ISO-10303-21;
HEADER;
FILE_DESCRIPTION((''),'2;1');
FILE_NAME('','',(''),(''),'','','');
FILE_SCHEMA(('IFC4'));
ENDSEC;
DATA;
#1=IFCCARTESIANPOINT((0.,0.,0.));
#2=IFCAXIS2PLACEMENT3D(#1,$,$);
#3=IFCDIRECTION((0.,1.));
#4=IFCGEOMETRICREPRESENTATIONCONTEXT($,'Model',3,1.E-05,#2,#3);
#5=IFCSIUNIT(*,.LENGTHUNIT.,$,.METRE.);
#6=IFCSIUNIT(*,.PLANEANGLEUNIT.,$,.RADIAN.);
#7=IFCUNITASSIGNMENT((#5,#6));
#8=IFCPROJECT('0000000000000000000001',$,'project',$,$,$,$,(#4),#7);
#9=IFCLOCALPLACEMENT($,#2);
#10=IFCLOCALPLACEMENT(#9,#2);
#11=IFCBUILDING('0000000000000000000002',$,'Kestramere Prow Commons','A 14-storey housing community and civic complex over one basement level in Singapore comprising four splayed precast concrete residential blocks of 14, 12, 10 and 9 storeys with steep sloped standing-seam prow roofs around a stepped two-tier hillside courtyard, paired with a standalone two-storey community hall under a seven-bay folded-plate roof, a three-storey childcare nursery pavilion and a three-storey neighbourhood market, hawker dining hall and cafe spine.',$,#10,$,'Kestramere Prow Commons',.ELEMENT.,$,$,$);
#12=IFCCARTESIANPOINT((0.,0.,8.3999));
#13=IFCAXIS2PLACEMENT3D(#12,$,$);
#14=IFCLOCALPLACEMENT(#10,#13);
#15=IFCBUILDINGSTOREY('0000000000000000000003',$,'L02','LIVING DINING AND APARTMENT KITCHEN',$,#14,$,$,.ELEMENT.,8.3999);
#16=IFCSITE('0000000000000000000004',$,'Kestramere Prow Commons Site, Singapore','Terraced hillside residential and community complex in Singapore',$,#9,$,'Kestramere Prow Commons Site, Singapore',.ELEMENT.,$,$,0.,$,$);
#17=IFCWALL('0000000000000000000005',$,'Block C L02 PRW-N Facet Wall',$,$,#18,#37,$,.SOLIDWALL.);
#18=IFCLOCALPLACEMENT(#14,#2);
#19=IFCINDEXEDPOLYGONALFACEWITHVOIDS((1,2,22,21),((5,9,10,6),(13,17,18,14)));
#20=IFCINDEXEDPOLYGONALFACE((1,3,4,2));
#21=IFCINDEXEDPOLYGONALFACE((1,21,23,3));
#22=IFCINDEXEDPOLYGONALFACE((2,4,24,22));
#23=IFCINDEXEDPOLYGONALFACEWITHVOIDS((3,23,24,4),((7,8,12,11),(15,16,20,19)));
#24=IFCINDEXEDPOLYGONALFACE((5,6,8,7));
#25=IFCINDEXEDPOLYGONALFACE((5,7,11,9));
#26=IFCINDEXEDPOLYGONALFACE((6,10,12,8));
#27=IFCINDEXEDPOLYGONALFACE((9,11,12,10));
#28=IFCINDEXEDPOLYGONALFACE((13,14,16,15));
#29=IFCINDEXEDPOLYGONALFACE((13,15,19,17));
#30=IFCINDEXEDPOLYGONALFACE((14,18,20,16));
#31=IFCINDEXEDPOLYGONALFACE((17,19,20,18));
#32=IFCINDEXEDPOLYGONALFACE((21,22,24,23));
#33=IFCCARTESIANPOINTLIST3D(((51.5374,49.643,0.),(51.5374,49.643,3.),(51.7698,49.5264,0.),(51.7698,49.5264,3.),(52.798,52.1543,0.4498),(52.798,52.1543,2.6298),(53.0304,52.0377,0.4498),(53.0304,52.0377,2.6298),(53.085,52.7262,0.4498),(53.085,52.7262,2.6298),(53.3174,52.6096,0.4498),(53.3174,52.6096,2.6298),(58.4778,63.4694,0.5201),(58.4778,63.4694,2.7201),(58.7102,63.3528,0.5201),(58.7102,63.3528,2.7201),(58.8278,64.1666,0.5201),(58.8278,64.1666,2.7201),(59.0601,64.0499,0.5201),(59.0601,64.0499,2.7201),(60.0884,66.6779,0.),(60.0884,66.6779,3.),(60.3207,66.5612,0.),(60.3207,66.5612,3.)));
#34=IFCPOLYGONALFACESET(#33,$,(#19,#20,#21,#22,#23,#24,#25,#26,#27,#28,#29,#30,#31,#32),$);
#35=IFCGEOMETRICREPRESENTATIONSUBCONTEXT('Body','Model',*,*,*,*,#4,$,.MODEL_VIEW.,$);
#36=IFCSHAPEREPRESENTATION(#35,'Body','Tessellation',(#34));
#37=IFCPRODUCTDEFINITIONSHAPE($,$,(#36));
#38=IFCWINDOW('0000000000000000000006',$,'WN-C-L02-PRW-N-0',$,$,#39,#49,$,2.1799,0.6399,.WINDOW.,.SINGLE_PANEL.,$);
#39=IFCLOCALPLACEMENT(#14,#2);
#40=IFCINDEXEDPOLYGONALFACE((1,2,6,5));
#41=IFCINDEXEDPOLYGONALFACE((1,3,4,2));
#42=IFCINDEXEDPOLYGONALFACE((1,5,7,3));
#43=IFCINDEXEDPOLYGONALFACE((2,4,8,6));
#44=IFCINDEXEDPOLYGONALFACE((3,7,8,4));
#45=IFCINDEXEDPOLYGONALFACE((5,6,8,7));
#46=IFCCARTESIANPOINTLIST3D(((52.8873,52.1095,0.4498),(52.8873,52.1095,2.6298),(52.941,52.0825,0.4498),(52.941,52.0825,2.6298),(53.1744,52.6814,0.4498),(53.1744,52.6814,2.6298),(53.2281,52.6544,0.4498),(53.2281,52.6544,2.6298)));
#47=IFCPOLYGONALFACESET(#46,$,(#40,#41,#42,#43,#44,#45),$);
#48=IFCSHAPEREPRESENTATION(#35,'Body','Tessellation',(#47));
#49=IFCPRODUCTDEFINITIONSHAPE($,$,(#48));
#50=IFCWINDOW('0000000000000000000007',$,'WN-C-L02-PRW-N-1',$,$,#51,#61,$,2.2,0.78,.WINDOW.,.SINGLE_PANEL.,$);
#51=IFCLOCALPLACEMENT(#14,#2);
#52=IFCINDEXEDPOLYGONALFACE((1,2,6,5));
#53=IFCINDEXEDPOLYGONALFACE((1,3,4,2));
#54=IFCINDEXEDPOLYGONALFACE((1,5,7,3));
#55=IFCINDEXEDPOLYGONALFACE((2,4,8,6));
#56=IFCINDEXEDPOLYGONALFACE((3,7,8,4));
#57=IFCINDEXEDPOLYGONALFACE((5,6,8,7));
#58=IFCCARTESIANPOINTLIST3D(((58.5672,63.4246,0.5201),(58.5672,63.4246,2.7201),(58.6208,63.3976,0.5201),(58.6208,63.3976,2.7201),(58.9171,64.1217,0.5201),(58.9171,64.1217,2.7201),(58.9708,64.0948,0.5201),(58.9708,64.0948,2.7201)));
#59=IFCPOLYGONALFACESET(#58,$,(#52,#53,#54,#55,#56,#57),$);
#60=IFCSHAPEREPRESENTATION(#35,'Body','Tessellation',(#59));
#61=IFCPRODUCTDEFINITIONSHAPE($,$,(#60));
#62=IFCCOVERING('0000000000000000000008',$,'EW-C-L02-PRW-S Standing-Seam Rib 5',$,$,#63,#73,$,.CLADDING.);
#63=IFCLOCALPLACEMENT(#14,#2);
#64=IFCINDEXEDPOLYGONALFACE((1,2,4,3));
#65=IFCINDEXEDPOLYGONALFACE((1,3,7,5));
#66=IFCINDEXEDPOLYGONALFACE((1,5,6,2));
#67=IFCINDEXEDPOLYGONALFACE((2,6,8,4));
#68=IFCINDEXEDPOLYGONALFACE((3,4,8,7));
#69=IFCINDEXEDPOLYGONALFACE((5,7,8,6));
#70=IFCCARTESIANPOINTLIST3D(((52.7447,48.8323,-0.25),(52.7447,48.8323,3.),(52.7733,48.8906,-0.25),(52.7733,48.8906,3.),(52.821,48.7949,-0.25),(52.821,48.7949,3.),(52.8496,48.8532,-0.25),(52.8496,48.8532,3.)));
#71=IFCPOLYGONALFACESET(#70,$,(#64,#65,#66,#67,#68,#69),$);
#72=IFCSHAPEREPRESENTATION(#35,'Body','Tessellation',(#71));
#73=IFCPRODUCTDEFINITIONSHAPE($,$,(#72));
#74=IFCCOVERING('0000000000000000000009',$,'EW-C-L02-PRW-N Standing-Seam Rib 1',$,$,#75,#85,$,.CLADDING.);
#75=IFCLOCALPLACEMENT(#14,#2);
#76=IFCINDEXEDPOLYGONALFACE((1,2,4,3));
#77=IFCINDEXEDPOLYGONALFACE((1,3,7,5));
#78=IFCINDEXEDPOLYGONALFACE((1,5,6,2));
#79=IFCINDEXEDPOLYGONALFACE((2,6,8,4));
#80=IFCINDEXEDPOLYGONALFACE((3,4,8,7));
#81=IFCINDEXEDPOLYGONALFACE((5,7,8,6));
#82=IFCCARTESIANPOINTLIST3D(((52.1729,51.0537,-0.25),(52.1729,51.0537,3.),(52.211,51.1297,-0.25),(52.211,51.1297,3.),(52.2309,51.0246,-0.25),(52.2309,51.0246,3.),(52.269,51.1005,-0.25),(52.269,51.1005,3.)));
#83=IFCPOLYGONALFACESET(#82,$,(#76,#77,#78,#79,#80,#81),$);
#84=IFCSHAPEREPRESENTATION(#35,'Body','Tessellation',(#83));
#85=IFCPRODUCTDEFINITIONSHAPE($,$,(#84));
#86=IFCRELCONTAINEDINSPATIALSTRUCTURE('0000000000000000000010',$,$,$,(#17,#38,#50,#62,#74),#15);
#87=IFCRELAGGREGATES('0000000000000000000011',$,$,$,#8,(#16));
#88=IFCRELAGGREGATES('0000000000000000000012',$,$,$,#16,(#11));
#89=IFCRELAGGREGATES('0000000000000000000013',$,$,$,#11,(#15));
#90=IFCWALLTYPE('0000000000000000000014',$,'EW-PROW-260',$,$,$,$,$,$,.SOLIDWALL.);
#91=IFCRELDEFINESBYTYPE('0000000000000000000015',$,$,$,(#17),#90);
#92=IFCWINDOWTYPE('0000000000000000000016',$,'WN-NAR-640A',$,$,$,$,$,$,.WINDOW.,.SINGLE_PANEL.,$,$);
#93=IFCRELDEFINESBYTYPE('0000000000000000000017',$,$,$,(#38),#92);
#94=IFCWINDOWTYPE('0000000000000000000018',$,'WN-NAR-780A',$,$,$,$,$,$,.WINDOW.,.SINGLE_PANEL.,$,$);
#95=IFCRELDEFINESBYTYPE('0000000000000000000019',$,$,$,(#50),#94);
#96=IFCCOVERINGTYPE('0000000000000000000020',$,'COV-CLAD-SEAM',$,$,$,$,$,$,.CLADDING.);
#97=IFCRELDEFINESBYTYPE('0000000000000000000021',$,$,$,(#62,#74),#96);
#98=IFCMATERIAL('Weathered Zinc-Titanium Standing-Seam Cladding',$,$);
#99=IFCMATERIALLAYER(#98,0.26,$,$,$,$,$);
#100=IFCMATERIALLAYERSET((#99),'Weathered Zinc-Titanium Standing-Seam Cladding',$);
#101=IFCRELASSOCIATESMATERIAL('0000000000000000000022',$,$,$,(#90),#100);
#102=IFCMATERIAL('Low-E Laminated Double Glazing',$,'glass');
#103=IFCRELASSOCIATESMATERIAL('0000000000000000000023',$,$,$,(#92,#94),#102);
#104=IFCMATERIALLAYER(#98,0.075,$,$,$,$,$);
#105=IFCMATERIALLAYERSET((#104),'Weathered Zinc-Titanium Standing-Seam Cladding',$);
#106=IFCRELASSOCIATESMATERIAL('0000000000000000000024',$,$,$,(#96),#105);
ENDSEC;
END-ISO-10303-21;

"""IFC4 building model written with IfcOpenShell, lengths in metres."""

from ifc_helpers import new_model, si_unit, direction, frame, frame_2d, origin, origin_2d, place, context, subcontext, project, spatial, rectangle, extrude, material, layer, layer_set, type_object, element, fill, save


model = new_model("IFC4")

# Units and contexts
model_context = context("Model", 3, precision=1e-05, world=origin(), true_north=direction((0.0, 1.0)))
body_context = subcontext(model_context, "Body", "Model", "MODEL_VIEW")
ifc_project = project(units=[si_unit("LENGTHUNIT", "METRE"), si_unit("PLANEANGLEUNIT", "RADIAN")], contexts=[model_context])

# Site, building, storey
site_placement = place(None, origin())
site = spatial("IfcSite", under=ifc_project, at=site_placement, Name="Kestramere Prow Commons Site, Singapore", Description="Terraced hillside residential and community complex in Singapore", LongName="Kestramere Prow Commons Site, Singapore", CompositionType="ELEMENT", RefElevation=0.0)
building_placement = place(site_placement, origin())
building = spatial("IfcBuilding", under=site, at=building_placement, Name="Kestramere Prow Commons", Description="A 14-storey housing community and civic complex over one basement level in Singapore comprising four splayed precast concrete residential blocks of 14, 12, 10 and 9 storeys with steep sloped standing-seam prow roofs around a stepped two-tier hillside courtyard, paired with a standalone two-storey community hall under a seven-bay folded-plate roof, a three-storey childcare nursery pavilion and a three-storey neighbourhood market, hawker dining hall and cafe spine.", LongName="Kestramere Prow Commons", CompositionType="ELEMENT")
storey_placement = place(building_placement, frame((0.0, 0.0, 8.3999)))
storey = spatial("IfcBuildingStorey", under=building, at=storey_placement, Name="L02", Description="LIVING DINING AND APARTMENT KITCHEN", CompositionType="ELEMENT", Elevation=8.3999)

# Wall, openings, windows
ifc_material_1 = material(Name="Weathered Zinc-Titanium Standing-Seam Cladding")
ifc_layer_1 = layer(ifc_material_1, 0.26)
ifc_layer_set_1 = layer_set([ifc_layer_1], Name="Weathered Zinc-Titanium Standing-Seam Cladding")
wall_type = type_object("IfcWallType", Name="EW-PROW-260", PredefinedType="SOLIDWALL", material=ifc_layer_set_1)
wall_placement = place(storey_placement, frame((51.6536, 49.5847, 0.0), z_axis=(0.0, 0.0, 1.0), x_axis=(0.448622, 0.893722, 0.0)))
wall = element("IfcWall", 1, at=wall_placement, inside=storey, type_object=wall_type, Name="Block C L02 PRW-N Facet Wall", PredefinedType="SOLIDWALL", context=body_context, shape_type="SweptSolid", body=[
    extrude(rectangle(XDim=19.0605, YDim=0.26, at=frame_2d((9.5303, 0.0))), origin(), (0.0, 0.0, 1.0), 3.0),
])
opening_1_placement = place(wall_placement, frame((2.8101, 0.0, 0.45)))
opening_1 = element("IfcOpeningElement", 2, at=opening_1_placement, cuts=wall, PredefinedType="OPENING", context=body_context, shape_type="SweptSolid", body=[
    extrude(rectangle(XDim=0.6399, YDim=2.1799, at=frame_2d((0.3198, 1.0898))), frame((0.0, 0.145, 0.0), z_axis=(0.0, -1.0, 0.0), x_axis=(1.0, 0.0, 0.0)), (0.0, 0.0, 1.0), 0.29),
])
opening_2_placement = place(wall_placement, frame((15.4705, 0.0, 0.52)))
opening_2 = element("IfcOpeningElement", 3, at=opening_2_placement, cuts=wall, PredefinedType="OPENING", context=body_context, shape_type="SweptSolid", body=[
    extrude(rectangle(XDim=0.78, YDim=2.2, at=frame_2d((0.3901, 1.1001))), frame((0.0, 0.145, 0.0), z_axis=(0.0, -1.0, 0.0), x_axis=(1.0, 0.0, 0.0)), (0.0, 0.0, 1.0), 0.29),
])
ifc_material_2 = material(Name="Low-E Laminated Double Glazing", Category="glass")
window_type_1 = type_object("IfcWindowType", Name="WN-NAR-640A", PartitioningType="SINGLE_PANEL", PredefinedType="WINDOW", material=ifc_material_2)
window_1_placement = place(opening_1_placement, origin())
window_1 = element("IfcWindow", 4, at=window_1_placement, inside=storey, type_object=window_type_1, Name="WN-C-L02-PRW-N-0", OverallHeight=2.1799, OverallWidth=0.6399, PartitioningType="SINGLE_PANEL", PredefinedType="WINDOW", context=body_context, shape_type="SweptSolid", body=[
    extrude(rectangle(XDim=0.6399, YDim=2.1799, at=frame_2d((0.3198, 1.0898))), frame((0.0, 0.03, 0.0), z_axis=(0.0, -1.0, 0.0), x_axis=(1.0, 0.0, 0.0)), (0.0, 0.0, 1.0), 0.0601),
])
fill(opening_1, window_1)
window_type_2 = type_object("IfcWindowType", Name="WN-NAR-780A", PartitioningType="SINGLE_PANEL", PredefinedType="WINDOW", material=ifc_material_2)
window_2_placement = place(opening_2_placement, origin())
window_2 = element("IfcWindow", 5, at=window_2_placement, inside=storey, type_object=window_type_2, Name="WN-C-L02-PRW-N-1", OverallHeight=2.2, OverallWidth=0.78, PartitioningType="SINGLE_PANEL", PredefinedType="WINDOW", context=body_context, shape_type="SweptSolid", body=[
    extrude(rectangle(XDim=0.78, YDim=2.2, at=frame_2d((0.3901, 1.1001))), frame((0.0, 0.03, 0.0), z_axis=(0.0, -1.0, 0.0), x_axis=(1.0, 0.0, 0.0)), (0.0, 0.0, 1.0), 0.0601),
])
fill(opening_2, window_2)

# Coverings
ifc_layer_2 = layer(ifc_material_1, 0.075)
ifc_layer_set_2 = layer_set([ifc_layer_2], Name="Weathered Zinc-Titanium Standing-Seam Cladding")
covering_type = type_object("IfcCoveringType", Name="COV-CLAD-SEAM", PredefinedType="CLADDING", material=ifc_layer_set_2)
for number, where, z_axis, x_axis, name in (
    (6, (52.7971, 48.8428, -0.25), (0.0, 0.0, 1.0), (-0.897771, 0.440463, 0.0), "EW-C-L02-PRW-S Standing-Seam Rib 5"),
    (7, (52.2209, 51.0771, -0.25), (0.0, 0.0, 1.0), (0.44862, 0.893722, 0.0), "EW-C-L02-PRW-N Standing-Seam Rib 1"),
):
    element("IfcCovering", number, at=place(storey_placement, frame(where, z_axis=z_axis, x_axis=x_axis)), inside=storey, type_object=covering_type, Name=name, PredefinedType="CLADDING", context=body_context, shape_type="SweptSolid", body=[
        extrude(rectangle(XDim=0.085, YDim=0.0649, at=origin_2d()), origin(), (0.0, 0.0, 1.0), 3.25),
    ])

save(model, "model.ifc")
